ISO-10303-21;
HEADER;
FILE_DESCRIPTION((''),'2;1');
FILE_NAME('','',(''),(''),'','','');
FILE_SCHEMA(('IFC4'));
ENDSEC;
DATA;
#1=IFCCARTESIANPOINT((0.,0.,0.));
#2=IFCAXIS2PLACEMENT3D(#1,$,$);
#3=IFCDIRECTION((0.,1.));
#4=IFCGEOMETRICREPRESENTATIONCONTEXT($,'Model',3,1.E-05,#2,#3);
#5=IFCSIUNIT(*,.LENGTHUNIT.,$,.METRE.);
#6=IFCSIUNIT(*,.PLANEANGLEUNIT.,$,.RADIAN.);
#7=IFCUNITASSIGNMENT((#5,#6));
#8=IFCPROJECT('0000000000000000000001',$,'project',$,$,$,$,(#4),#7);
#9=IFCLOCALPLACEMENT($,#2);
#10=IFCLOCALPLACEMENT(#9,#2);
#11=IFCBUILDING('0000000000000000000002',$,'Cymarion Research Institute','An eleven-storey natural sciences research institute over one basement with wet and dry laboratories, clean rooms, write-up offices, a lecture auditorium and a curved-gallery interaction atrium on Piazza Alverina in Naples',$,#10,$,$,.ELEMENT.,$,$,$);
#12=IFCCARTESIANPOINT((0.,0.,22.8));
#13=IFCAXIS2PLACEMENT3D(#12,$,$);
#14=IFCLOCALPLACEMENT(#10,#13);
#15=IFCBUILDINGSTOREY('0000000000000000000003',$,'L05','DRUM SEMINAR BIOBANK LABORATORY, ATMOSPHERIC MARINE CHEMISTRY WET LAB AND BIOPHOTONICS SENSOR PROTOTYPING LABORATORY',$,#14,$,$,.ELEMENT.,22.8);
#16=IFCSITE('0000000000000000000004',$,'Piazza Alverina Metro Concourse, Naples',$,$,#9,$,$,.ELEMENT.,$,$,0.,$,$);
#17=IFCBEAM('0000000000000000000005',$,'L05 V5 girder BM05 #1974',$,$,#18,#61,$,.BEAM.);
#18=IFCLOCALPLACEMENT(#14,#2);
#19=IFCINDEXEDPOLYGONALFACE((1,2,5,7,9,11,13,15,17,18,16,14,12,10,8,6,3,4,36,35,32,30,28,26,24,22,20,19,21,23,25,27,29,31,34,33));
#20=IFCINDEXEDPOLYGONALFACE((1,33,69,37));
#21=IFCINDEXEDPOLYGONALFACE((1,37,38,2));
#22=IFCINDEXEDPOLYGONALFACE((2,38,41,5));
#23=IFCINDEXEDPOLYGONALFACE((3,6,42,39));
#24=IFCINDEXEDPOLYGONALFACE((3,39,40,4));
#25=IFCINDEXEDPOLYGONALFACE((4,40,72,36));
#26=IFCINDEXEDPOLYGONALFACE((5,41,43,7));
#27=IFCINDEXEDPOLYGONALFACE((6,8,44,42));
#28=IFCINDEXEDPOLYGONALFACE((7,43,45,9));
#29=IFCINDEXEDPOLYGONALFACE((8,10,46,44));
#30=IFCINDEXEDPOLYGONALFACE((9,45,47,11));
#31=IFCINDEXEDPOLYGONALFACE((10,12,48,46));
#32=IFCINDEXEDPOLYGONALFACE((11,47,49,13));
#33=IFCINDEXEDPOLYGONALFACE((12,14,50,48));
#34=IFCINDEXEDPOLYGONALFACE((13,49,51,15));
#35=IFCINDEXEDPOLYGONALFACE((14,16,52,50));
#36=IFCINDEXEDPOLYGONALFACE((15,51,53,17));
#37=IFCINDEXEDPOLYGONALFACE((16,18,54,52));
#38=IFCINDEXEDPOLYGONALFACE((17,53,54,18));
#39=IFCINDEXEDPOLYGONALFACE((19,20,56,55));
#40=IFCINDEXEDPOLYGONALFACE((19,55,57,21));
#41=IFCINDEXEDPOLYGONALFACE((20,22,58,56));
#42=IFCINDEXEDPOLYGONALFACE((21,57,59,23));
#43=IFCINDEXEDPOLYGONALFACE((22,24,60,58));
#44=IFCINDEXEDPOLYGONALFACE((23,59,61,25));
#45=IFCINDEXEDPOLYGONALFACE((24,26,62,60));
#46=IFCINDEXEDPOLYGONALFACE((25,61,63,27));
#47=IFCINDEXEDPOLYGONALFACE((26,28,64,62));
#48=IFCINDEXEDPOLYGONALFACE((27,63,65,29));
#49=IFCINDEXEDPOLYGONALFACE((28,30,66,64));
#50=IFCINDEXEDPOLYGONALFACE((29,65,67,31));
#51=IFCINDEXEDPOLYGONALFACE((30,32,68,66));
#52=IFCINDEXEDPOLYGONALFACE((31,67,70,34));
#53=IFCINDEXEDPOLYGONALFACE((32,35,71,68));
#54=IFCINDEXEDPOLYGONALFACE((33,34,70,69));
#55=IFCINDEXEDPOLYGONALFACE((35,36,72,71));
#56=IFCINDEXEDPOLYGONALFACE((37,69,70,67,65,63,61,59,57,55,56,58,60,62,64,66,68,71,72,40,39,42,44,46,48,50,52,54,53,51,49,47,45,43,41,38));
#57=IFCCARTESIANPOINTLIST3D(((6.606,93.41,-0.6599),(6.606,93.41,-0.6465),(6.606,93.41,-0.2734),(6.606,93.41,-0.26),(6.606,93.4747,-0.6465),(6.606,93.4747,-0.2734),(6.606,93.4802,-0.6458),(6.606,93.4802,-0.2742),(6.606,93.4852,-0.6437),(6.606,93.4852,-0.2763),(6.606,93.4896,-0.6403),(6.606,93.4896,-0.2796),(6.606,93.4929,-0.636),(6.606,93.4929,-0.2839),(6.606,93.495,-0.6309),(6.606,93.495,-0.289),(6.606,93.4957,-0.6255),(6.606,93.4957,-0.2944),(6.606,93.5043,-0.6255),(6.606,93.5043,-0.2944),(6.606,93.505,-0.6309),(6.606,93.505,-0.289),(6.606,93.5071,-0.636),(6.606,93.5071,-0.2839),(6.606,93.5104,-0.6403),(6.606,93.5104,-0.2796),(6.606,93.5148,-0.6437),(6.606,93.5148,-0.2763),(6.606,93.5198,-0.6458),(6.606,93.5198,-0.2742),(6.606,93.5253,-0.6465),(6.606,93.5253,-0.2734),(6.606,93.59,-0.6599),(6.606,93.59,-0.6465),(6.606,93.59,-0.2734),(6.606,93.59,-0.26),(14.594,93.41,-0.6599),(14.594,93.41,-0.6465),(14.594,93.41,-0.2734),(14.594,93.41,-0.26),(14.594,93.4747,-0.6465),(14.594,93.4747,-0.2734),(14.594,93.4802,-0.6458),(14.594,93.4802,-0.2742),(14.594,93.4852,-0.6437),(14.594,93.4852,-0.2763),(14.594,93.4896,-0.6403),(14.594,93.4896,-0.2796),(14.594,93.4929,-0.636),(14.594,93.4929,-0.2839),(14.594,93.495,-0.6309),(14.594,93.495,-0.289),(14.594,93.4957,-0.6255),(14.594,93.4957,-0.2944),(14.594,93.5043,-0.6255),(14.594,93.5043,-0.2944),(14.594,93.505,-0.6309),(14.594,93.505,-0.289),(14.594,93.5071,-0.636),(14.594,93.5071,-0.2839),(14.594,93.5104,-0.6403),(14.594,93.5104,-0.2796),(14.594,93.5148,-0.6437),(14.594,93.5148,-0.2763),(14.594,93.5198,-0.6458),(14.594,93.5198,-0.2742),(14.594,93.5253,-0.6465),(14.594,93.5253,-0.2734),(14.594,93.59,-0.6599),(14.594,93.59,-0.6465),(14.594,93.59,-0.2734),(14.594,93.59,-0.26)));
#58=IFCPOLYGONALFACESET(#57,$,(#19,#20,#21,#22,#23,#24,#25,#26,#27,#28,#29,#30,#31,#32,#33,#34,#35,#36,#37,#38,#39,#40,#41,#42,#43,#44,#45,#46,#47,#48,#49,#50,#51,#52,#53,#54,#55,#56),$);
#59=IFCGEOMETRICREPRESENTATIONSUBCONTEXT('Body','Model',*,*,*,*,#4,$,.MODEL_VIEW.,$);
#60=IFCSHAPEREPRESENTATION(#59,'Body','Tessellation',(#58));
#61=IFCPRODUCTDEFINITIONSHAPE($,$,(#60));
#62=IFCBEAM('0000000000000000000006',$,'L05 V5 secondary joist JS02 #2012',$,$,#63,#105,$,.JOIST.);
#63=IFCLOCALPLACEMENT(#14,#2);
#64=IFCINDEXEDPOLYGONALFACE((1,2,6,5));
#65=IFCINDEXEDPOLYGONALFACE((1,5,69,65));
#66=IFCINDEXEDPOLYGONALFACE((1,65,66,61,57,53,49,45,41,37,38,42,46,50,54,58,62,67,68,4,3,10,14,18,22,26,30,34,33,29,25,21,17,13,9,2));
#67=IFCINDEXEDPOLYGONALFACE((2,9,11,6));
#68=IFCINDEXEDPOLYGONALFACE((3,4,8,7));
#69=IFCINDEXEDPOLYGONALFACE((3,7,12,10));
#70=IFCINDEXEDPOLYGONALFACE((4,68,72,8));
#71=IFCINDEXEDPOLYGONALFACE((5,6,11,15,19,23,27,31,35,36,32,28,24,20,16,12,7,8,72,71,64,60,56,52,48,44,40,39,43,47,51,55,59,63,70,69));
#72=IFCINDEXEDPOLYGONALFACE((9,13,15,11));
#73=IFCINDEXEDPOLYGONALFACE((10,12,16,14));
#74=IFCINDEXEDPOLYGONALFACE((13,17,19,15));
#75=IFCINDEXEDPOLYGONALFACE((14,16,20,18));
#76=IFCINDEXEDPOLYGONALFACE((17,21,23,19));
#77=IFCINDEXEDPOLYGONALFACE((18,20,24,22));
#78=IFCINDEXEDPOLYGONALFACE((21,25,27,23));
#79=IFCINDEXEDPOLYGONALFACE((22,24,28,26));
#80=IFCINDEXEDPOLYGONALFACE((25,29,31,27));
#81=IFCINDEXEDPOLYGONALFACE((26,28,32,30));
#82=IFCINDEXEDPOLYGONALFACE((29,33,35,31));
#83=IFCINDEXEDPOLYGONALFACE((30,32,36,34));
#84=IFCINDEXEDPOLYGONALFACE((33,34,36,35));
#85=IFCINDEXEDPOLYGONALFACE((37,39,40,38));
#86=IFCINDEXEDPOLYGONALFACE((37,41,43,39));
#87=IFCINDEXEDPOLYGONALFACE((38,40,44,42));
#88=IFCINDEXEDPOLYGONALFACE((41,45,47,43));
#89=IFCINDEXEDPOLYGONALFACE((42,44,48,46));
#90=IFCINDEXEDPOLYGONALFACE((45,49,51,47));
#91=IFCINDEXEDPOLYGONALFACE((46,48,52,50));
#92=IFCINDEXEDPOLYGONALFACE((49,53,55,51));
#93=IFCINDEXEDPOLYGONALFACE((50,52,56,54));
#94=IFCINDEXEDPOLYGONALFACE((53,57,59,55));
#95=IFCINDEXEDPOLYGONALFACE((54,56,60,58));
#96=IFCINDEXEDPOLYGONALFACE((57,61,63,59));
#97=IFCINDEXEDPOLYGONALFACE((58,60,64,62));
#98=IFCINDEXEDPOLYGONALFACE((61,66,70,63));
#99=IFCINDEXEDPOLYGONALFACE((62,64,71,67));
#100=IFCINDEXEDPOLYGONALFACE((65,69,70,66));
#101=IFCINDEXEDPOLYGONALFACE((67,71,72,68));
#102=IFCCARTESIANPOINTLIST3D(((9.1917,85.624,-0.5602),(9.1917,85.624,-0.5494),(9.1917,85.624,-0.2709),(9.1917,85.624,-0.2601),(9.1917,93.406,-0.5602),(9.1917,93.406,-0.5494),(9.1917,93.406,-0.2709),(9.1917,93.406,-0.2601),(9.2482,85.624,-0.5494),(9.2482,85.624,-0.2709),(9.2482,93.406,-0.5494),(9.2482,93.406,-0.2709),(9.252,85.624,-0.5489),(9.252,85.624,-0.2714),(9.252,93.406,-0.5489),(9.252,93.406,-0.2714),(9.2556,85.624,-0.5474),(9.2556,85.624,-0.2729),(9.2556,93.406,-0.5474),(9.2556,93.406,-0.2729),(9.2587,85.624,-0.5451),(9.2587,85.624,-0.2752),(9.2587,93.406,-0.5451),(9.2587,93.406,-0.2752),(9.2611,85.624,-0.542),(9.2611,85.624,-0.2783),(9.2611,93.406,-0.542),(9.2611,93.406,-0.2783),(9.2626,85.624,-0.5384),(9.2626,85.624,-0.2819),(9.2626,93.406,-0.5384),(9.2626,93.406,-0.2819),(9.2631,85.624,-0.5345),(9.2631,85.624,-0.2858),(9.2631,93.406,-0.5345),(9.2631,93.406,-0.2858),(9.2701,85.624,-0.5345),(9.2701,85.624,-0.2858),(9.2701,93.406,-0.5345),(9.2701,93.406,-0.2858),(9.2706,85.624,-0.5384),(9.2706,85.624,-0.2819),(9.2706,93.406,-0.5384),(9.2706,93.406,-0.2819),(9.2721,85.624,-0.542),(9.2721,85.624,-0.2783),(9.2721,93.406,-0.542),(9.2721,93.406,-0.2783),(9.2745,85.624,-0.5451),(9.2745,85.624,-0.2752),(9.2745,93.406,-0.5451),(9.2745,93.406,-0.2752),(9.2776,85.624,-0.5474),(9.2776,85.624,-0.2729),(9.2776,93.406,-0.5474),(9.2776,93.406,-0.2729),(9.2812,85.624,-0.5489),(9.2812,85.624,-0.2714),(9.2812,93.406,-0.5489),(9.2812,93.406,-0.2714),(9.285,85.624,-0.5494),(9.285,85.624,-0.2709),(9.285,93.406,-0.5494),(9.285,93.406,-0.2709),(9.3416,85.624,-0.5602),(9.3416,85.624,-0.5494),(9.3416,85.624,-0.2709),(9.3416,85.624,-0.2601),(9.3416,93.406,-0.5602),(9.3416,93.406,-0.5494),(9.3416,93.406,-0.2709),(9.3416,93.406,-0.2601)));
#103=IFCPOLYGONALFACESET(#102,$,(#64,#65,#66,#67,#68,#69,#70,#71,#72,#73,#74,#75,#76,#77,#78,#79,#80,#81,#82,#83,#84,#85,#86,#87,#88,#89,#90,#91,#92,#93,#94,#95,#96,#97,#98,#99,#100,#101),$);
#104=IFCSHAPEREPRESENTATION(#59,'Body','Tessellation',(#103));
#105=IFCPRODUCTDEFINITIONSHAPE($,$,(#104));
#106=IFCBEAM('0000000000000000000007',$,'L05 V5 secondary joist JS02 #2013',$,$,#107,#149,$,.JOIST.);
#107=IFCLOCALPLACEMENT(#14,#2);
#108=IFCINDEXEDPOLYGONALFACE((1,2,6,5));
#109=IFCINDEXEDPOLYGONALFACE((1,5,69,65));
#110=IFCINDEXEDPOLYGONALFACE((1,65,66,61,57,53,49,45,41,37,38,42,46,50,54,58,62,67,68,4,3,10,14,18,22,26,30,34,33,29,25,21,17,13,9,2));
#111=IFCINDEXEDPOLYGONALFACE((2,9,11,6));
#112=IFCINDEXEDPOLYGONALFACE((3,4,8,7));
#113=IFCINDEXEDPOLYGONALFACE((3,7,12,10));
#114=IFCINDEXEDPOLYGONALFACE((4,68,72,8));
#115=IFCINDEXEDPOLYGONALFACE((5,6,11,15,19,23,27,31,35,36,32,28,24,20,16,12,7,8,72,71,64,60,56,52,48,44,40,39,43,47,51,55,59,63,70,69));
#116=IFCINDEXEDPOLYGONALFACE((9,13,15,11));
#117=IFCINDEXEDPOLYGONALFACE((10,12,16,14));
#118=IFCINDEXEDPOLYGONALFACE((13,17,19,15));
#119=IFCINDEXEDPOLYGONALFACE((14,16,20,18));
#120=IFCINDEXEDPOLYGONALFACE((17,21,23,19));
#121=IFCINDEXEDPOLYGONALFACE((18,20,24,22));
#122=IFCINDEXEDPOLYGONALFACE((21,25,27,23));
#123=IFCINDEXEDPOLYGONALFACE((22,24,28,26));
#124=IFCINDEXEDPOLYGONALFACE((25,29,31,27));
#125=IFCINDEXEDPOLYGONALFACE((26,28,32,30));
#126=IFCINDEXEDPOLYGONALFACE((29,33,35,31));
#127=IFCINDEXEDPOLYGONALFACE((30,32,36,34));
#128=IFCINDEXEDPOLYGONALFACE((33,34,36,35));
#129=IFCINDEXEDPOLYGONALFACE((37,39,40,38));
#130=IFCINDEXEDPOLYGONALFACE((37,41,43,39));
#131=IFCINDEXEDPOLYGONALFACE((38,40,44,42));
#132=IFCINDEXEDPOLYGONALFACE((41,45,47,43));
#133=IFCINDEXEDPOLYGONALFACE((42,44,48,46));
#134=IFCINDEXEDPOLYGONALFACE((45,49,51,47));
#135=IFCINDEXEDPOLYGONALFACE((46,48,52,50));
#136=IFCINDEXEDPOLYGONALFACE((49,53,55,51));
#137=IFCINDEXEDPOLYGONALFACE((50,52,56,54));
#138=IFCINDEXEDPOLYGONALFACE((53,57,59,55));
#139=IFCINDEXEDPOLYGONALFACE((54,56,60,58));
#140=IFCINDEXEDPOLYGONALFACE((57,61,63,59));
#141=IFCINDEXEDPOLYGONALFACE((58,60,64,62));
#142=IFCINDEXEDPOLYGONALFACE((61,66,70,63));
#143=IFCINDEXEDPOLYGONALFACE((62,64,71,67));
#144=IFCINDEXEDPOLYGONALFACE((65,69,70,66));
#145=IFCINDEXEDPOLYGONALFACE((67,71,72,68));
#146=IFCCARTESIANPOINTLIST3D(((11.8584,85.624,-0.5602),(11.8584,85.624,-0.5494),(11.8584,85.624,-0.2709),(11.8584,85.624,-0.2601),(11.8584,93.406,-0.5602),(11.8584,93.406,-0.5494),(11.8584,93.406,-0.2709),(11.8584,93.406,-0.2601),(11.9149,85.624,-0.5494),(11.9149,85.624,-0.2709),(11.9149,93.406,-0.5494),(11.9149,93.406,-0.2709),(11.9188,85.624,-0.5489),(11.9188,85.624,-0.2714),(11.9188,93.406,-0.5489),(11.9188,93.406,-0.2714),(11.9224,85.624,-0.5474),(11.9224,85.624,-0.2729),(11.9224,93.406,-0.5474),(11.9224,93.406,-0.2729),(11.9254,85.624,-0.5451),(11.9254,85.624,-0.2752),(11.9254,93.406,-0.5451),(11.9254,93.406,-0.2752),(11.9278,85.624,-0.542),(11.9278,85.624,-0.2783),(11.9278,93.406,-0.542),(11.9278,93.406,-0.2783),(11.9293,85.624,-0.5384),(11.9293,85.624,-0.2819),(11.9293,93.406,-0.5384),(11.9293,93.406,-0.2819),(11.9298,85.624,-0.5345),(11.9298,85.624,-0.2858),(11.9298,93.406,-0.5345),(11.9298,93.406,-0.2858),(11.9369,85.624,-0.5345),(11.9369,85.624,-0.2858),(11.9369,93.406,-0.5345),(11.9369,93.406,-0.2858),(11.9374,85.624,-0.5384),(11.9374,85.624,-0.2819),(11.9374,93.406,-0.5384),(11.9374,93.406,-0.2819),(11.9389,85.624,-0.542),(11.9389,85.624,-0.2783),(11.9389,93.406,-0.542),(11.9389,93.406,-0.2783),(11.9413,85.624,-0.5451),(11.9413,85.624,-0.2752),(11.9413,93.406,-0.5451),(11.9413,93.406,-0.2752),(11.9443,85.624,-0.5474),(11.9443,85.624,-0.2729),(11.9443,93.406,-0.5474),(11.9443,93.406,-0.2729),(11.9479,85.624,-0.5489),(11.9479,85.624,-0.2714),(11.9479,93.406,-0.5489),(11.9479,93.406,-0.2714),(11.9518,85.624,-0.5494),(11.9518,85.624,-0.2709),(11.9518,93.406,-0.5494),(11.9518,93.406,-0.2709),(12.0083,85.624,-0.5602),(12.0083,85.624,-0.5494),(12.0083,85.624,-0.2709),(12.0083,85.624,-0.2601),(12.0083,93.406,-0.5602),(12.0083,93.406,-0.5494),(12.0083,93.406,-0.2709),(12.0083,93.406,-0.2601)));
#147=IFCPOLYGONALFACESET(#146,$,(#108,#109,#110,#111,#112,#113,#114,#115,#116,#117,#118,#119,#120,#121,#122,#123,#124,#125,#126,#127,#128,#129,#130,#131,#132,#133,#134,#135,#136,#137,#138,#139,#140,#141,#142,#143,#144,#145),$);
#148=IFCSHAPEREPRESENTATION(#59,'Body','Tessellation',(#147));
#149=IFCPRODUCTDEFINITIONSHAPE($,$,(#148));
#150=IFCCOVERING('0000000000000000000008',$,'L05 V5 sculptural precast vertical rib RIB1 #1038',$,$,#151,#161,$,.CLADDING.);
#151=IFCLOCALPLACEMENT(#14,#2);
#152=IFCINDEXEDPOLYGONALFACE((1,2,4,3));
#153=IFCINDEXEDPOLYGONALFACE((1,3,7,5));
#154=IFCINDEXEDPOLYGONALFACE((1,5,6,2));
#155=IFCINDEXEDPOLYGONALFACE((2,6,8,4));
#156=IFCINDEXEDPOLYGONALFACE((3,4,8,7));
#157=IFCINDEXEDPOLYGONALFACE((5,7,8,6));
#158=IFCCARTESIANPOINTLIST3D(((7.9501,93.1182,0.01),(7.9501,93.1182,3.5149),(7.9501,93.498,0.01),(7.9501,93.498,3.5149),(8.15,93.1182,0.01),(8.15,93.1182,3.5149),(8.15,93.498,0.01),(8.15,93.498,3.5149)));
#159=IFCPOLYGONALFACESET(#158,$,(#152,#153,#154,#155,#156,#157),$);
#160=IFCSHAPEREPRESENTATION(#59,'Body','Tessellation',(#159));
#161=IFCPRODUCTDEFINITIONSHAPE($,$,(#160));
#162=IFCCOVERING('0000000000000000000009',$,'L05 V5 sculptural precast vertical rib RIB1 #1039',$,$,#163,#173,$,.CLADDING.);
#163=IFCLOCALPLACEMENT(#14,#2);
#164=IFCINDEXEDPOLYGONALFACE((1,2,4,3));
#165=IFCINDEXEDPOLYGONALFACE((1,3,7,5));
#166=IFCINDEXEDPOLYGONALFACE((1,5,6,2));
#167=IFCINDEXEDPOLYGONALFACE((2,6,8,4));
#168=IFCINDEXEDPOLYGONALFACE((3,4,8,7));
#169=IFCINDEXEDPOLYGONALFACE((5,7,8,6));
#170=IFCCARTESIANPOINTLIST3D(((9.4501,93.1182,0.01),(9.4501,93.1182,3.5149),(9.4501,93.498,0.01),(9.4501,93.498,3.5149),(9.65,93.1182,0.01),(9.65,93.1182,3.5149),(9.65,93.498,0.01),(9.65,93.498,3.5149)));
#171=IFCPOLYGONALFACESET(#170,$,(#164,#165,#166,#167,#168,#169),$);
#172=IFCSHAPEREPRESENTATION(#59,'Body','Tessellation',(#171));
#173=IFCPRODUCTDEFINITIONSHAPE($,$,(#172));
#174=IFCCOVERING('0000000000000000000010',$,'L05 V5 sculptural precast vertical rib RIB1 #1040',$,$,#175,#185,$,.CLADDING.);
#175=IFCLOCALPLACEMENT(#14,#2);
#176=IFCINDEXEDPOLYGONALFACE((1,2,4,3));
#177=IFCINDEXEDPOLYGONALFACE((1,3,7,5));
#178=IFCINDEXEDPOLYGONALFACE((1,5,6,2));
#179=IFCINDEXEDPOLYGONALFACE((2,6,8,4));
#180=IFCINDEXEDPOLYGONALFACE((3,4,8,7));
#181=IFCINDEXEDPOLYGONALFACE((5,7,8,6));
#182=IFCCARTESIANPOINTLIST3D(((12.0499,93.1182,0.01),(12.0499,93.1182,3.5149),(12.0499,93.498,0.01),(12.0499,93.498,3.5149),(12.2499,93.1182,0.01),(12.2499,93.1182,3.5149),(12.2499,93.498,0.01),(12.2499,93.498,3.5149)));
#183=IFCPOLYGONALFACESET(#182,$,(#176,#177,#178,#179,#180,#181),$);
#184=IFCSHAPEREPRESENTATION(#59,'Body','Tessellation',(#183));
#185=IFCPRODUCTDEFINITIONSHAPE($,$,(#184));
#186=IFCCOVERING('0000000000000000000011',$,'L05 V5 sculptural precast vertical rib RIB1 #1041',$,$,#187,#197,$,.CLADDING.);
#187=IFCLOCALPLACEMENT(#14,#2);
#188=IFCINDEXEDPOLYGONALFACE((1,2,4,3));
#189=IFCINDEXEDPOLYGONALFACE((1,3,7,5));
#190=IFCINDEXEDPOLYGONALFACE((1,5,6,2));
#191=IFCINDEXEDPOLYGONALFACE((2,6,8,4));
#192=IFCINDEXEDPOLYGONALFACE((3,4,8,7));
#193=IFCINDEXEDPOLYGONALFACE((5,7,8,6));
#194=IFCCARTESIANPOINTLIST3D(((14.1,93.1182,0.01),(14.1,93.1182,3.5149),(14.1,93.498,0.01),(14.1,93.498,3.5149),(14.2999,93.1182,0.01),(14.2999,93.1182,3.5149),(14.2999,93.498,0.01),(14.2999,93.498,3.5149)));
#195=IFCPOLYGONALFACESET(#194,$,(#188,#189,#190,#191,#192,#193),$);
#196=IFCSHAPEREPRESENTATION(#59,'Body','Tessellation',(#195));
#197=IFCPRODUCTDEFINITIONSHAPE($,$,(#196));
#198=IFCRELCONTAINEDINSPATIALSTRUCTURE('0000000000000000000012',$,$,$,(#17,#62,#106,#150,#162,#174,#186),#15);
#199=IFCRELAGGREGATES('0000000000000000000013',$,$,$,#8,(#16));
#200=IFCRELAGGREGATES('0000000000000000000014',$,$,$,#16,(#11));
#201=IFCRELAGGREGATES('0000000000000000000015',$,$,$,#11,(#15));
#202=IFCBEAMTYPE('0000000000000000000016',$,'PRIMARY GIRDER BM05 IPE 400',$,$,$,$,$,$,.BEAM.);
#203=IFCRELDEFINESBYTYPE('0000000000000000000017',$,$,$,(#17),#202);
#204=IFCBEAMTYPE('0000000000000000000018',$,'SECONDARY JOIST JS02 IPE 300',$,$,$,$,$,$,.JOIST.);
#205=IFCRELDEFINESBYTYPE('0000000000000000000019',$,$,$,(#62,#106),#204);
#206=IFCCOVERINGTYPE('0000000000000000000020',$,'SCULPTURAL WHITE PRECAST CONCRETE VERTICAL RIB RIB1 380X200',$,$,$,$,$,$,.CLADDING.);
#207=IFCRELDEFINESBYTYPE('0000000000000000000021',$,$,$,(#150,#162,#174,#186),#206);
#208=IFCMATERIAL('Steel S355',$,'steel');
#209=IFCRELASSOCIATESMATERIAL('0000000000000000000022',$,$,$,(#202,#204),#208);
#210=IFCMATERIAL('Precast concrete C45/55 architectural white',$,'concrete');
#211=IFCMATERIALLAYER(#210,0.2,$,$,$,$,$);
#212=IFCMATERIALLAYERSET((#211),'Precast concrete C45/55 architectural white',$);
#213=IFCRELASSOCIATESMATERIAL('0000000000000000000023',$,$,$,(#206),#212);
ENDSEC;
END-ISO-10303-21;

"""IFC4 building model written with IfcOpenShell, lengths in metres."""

from ifc_helpers import new_model, si_unit, direction, frame, origin, origin_2d, place, context, subcontext, project, spatial, rectangle, i_section, extrude, material, layer, layer_set, material_profile, profile_set, type_object, element, save


model = new_model("IFC4")

# Units and contexts
model_context = context("Model", 3, precision=1e-05, world=origin(), true_north=direction((0.0, 1.0)))
body_context = subcontext(model_context, "Body", "Model", "MODEL_VIEW")
ifc_project = project(units=[si_unit("LENGTHUNIT", "METRE"), si_unit("PLANEANGLEUNIT", "RADIAN")], contexts=[model_context])

# Site, building, storey
site_placement = place(None, origin())
site = spatial("IfcSite", under=ifc_project, at=site_placement, Name="Piazza Alverina Metro Concourse, Naples", CompositionType="ELEMENT", RefElevation=0.0)
building_placement = place(site_placement, origin())
building = spatial("IfcBuilding", under=site, at=building_placement, Name="Cymarion Research Institute", Description="An eleven-storey natural sciences research institute over one basement with wet and dry laboratories, clean rooms, write-up offices, a lecture auditorium and a curved-gallery interaction atrium on Piazza Alverina in Naples", CompositionType="ELEMENT")
storey_placement = place(building_placement, frame((0.0, 0.0, 22.8)))
storey = spatial("IfcBuildingStorey", under=building, at=storey_placement, Name="L05", Description="DRUM SEMINAR BIOBANK LABORATORY, ATMOSPHERIC MARINE CHEMISTRY WET LAB AND BIOPHOTONICS SENSOR PROTOTYPING LABORATORY", CompositionType="ELEMENT", Elevation=22.8)

# Beams
ifc_material_1 = material(Name="Steel S355", Category="steel")
ifc_material_profile_1 = material_profile(ifc_material_1, i_section(OverallWidth=0.1799, OverallDepth=0.3999, WebThickness=0.0085, FlangeThickness=0.0134, FilletRadius=0.021, at=origin_2d()), Name="IPE 400")
ifc_profile_set_1 = profile_set([ifc_material_profile_1], Name="Steel S355")
beam_type_1 = type_object("IfcBeamType", Name="PRIMARY GIRDER BM05 IPE 400", PredefinedType="BEAM", material=ifc_profile_set_1)
beam_placement = place(storey_placement, frame((6.606, 93.5, -0.46), z_axis=(1.0, 0.0, 0.0), x_axis=(0.0, 1.0, 0.0)))
element("IfcBeam", 1, at=beam_placement, inside=storey, type_object=beam_type_1, Name="L05 V5 girder BM05 #1974", PredefinedType="BEAM", context=body_context, shape_type="SweptSolid", body=[
    extrude(i_section(OverallWidth=0.1799, OverallDepth=0.3999, WebThickness=0.0085, FlangeThickness=0.0134, FilletRadius=0.021, at=origin_2d()), origin(), (0.0, 0.0, 1.0), 7.988),
])
ifc_material_profile_2 = material_profile(ifc_material_1, i_section(OverallWidth=0.1499, OverallDepth=0.3, WebThickness=0.0071, FlangeThickness=0.0107, FilletRadius=0.0149, at=origin_2d()), Name="IPE 300")
ifc_profile_set_2 = profile_set([ifc_material_profile_2], Name="Steel S355")
beam_type_2 = type_object("IfcBeamType", Name="SECONDARY JOIST JS02 IPE 300", PredefinedType="JOIST", material=ifc_profile_set_2)
for number, where, z_axis, x_axis, name in (
    (2, (9.2666, 85.624, -0.4102), (0.0, 1.0, 0.0), (-1.0, 0.0, 0.0), "L05 V5 secondary joist JS02 #2012"),
    (3, (11.9333, 85.624, -0.4102), (0.0, 1.0, 0.0), (-1.0, 0.0, 0.0), "L05 V5 secondary joist JS02 #2013"),
):
    element("IfcBeam", number, at=place(storey_placement, frame(where, z_axis=z_axis, x_axis=x_axis)), inside=storey, type_object=beam_type_2, Name=name, PredefinedType="JOIST", context=body_context, shape_type="SweptSolid", body=[
        extrude(i_section(OverallWidth=0.1499, OverallDepth=0.3, WebThickness=0.0071, FlangeThickness=0.0107, FilletRadius=0.0149, at=origin_2d()), origin(), (0.0, 0.0, 1.0), 7.782),
    ])

# Coverings
ifc_material_2 = material(Name="Precast concrete C45/55 architectural white", Category="concrete")
ifc_layer = layer(ifc_material_2, 0.2)
ifc_layer_set = layer_set([ifc_layer], Name="Precast concrete C45/55 architectural white")
covering_type = type_object("IfcCoveringType", Name="SCULPTURAL WHITE PRECAST CONCRETE VERTICAL RIB RIB1 380X200", PredefinedType="CLADDING", material=ifc_layer_set)
for number, where, z_axis, x_axis, name in (
    (4, (8.05, 93.3081, 0.01), (0.0, 0.0, 1.0), (0.0, -1.0, 0.0), "L05 V5 sculptural precast vertical rib RIB1 #1038"),
    (5, (9.55, 93.3081, 0.01), (0.0, 0.0, 1.0), (0.0, -1.0, 0.0), "L05 V5 sculptural precast vertical rib RIB1 #1039"),
    (6, (12.1499, 93.3081, 0.01), (0.0, 0.0, 1.0), (0.0, -1.0, 0.0), "L05 V5 sculptural precast vertical rib RIB1 #1040"),
    (7, (14.2, 93.3081, 0.01), (0.0, 0.0, 1.0), (0.0, -1.0, 0.0), "L05 V5 sculptural precast vertical rib RIB1 #1041"),
):
    element("IfcCovering", number, at=place(storey_placement, frame(where, z_axis=z_axis, x_axis=x_axis)), inside=storey, type_object=covering_type, Name=name, PredefinedType="CLADDING", context=body_context, shape_type="SweptSolid", body=[
        extrude(rectangle(XDim=0.3799, YDim=0.2, at=origin_2d()), origin(), (0.0, 0.0, 1.0), 3.5049),
    ])

save(model, "model.ifc")
